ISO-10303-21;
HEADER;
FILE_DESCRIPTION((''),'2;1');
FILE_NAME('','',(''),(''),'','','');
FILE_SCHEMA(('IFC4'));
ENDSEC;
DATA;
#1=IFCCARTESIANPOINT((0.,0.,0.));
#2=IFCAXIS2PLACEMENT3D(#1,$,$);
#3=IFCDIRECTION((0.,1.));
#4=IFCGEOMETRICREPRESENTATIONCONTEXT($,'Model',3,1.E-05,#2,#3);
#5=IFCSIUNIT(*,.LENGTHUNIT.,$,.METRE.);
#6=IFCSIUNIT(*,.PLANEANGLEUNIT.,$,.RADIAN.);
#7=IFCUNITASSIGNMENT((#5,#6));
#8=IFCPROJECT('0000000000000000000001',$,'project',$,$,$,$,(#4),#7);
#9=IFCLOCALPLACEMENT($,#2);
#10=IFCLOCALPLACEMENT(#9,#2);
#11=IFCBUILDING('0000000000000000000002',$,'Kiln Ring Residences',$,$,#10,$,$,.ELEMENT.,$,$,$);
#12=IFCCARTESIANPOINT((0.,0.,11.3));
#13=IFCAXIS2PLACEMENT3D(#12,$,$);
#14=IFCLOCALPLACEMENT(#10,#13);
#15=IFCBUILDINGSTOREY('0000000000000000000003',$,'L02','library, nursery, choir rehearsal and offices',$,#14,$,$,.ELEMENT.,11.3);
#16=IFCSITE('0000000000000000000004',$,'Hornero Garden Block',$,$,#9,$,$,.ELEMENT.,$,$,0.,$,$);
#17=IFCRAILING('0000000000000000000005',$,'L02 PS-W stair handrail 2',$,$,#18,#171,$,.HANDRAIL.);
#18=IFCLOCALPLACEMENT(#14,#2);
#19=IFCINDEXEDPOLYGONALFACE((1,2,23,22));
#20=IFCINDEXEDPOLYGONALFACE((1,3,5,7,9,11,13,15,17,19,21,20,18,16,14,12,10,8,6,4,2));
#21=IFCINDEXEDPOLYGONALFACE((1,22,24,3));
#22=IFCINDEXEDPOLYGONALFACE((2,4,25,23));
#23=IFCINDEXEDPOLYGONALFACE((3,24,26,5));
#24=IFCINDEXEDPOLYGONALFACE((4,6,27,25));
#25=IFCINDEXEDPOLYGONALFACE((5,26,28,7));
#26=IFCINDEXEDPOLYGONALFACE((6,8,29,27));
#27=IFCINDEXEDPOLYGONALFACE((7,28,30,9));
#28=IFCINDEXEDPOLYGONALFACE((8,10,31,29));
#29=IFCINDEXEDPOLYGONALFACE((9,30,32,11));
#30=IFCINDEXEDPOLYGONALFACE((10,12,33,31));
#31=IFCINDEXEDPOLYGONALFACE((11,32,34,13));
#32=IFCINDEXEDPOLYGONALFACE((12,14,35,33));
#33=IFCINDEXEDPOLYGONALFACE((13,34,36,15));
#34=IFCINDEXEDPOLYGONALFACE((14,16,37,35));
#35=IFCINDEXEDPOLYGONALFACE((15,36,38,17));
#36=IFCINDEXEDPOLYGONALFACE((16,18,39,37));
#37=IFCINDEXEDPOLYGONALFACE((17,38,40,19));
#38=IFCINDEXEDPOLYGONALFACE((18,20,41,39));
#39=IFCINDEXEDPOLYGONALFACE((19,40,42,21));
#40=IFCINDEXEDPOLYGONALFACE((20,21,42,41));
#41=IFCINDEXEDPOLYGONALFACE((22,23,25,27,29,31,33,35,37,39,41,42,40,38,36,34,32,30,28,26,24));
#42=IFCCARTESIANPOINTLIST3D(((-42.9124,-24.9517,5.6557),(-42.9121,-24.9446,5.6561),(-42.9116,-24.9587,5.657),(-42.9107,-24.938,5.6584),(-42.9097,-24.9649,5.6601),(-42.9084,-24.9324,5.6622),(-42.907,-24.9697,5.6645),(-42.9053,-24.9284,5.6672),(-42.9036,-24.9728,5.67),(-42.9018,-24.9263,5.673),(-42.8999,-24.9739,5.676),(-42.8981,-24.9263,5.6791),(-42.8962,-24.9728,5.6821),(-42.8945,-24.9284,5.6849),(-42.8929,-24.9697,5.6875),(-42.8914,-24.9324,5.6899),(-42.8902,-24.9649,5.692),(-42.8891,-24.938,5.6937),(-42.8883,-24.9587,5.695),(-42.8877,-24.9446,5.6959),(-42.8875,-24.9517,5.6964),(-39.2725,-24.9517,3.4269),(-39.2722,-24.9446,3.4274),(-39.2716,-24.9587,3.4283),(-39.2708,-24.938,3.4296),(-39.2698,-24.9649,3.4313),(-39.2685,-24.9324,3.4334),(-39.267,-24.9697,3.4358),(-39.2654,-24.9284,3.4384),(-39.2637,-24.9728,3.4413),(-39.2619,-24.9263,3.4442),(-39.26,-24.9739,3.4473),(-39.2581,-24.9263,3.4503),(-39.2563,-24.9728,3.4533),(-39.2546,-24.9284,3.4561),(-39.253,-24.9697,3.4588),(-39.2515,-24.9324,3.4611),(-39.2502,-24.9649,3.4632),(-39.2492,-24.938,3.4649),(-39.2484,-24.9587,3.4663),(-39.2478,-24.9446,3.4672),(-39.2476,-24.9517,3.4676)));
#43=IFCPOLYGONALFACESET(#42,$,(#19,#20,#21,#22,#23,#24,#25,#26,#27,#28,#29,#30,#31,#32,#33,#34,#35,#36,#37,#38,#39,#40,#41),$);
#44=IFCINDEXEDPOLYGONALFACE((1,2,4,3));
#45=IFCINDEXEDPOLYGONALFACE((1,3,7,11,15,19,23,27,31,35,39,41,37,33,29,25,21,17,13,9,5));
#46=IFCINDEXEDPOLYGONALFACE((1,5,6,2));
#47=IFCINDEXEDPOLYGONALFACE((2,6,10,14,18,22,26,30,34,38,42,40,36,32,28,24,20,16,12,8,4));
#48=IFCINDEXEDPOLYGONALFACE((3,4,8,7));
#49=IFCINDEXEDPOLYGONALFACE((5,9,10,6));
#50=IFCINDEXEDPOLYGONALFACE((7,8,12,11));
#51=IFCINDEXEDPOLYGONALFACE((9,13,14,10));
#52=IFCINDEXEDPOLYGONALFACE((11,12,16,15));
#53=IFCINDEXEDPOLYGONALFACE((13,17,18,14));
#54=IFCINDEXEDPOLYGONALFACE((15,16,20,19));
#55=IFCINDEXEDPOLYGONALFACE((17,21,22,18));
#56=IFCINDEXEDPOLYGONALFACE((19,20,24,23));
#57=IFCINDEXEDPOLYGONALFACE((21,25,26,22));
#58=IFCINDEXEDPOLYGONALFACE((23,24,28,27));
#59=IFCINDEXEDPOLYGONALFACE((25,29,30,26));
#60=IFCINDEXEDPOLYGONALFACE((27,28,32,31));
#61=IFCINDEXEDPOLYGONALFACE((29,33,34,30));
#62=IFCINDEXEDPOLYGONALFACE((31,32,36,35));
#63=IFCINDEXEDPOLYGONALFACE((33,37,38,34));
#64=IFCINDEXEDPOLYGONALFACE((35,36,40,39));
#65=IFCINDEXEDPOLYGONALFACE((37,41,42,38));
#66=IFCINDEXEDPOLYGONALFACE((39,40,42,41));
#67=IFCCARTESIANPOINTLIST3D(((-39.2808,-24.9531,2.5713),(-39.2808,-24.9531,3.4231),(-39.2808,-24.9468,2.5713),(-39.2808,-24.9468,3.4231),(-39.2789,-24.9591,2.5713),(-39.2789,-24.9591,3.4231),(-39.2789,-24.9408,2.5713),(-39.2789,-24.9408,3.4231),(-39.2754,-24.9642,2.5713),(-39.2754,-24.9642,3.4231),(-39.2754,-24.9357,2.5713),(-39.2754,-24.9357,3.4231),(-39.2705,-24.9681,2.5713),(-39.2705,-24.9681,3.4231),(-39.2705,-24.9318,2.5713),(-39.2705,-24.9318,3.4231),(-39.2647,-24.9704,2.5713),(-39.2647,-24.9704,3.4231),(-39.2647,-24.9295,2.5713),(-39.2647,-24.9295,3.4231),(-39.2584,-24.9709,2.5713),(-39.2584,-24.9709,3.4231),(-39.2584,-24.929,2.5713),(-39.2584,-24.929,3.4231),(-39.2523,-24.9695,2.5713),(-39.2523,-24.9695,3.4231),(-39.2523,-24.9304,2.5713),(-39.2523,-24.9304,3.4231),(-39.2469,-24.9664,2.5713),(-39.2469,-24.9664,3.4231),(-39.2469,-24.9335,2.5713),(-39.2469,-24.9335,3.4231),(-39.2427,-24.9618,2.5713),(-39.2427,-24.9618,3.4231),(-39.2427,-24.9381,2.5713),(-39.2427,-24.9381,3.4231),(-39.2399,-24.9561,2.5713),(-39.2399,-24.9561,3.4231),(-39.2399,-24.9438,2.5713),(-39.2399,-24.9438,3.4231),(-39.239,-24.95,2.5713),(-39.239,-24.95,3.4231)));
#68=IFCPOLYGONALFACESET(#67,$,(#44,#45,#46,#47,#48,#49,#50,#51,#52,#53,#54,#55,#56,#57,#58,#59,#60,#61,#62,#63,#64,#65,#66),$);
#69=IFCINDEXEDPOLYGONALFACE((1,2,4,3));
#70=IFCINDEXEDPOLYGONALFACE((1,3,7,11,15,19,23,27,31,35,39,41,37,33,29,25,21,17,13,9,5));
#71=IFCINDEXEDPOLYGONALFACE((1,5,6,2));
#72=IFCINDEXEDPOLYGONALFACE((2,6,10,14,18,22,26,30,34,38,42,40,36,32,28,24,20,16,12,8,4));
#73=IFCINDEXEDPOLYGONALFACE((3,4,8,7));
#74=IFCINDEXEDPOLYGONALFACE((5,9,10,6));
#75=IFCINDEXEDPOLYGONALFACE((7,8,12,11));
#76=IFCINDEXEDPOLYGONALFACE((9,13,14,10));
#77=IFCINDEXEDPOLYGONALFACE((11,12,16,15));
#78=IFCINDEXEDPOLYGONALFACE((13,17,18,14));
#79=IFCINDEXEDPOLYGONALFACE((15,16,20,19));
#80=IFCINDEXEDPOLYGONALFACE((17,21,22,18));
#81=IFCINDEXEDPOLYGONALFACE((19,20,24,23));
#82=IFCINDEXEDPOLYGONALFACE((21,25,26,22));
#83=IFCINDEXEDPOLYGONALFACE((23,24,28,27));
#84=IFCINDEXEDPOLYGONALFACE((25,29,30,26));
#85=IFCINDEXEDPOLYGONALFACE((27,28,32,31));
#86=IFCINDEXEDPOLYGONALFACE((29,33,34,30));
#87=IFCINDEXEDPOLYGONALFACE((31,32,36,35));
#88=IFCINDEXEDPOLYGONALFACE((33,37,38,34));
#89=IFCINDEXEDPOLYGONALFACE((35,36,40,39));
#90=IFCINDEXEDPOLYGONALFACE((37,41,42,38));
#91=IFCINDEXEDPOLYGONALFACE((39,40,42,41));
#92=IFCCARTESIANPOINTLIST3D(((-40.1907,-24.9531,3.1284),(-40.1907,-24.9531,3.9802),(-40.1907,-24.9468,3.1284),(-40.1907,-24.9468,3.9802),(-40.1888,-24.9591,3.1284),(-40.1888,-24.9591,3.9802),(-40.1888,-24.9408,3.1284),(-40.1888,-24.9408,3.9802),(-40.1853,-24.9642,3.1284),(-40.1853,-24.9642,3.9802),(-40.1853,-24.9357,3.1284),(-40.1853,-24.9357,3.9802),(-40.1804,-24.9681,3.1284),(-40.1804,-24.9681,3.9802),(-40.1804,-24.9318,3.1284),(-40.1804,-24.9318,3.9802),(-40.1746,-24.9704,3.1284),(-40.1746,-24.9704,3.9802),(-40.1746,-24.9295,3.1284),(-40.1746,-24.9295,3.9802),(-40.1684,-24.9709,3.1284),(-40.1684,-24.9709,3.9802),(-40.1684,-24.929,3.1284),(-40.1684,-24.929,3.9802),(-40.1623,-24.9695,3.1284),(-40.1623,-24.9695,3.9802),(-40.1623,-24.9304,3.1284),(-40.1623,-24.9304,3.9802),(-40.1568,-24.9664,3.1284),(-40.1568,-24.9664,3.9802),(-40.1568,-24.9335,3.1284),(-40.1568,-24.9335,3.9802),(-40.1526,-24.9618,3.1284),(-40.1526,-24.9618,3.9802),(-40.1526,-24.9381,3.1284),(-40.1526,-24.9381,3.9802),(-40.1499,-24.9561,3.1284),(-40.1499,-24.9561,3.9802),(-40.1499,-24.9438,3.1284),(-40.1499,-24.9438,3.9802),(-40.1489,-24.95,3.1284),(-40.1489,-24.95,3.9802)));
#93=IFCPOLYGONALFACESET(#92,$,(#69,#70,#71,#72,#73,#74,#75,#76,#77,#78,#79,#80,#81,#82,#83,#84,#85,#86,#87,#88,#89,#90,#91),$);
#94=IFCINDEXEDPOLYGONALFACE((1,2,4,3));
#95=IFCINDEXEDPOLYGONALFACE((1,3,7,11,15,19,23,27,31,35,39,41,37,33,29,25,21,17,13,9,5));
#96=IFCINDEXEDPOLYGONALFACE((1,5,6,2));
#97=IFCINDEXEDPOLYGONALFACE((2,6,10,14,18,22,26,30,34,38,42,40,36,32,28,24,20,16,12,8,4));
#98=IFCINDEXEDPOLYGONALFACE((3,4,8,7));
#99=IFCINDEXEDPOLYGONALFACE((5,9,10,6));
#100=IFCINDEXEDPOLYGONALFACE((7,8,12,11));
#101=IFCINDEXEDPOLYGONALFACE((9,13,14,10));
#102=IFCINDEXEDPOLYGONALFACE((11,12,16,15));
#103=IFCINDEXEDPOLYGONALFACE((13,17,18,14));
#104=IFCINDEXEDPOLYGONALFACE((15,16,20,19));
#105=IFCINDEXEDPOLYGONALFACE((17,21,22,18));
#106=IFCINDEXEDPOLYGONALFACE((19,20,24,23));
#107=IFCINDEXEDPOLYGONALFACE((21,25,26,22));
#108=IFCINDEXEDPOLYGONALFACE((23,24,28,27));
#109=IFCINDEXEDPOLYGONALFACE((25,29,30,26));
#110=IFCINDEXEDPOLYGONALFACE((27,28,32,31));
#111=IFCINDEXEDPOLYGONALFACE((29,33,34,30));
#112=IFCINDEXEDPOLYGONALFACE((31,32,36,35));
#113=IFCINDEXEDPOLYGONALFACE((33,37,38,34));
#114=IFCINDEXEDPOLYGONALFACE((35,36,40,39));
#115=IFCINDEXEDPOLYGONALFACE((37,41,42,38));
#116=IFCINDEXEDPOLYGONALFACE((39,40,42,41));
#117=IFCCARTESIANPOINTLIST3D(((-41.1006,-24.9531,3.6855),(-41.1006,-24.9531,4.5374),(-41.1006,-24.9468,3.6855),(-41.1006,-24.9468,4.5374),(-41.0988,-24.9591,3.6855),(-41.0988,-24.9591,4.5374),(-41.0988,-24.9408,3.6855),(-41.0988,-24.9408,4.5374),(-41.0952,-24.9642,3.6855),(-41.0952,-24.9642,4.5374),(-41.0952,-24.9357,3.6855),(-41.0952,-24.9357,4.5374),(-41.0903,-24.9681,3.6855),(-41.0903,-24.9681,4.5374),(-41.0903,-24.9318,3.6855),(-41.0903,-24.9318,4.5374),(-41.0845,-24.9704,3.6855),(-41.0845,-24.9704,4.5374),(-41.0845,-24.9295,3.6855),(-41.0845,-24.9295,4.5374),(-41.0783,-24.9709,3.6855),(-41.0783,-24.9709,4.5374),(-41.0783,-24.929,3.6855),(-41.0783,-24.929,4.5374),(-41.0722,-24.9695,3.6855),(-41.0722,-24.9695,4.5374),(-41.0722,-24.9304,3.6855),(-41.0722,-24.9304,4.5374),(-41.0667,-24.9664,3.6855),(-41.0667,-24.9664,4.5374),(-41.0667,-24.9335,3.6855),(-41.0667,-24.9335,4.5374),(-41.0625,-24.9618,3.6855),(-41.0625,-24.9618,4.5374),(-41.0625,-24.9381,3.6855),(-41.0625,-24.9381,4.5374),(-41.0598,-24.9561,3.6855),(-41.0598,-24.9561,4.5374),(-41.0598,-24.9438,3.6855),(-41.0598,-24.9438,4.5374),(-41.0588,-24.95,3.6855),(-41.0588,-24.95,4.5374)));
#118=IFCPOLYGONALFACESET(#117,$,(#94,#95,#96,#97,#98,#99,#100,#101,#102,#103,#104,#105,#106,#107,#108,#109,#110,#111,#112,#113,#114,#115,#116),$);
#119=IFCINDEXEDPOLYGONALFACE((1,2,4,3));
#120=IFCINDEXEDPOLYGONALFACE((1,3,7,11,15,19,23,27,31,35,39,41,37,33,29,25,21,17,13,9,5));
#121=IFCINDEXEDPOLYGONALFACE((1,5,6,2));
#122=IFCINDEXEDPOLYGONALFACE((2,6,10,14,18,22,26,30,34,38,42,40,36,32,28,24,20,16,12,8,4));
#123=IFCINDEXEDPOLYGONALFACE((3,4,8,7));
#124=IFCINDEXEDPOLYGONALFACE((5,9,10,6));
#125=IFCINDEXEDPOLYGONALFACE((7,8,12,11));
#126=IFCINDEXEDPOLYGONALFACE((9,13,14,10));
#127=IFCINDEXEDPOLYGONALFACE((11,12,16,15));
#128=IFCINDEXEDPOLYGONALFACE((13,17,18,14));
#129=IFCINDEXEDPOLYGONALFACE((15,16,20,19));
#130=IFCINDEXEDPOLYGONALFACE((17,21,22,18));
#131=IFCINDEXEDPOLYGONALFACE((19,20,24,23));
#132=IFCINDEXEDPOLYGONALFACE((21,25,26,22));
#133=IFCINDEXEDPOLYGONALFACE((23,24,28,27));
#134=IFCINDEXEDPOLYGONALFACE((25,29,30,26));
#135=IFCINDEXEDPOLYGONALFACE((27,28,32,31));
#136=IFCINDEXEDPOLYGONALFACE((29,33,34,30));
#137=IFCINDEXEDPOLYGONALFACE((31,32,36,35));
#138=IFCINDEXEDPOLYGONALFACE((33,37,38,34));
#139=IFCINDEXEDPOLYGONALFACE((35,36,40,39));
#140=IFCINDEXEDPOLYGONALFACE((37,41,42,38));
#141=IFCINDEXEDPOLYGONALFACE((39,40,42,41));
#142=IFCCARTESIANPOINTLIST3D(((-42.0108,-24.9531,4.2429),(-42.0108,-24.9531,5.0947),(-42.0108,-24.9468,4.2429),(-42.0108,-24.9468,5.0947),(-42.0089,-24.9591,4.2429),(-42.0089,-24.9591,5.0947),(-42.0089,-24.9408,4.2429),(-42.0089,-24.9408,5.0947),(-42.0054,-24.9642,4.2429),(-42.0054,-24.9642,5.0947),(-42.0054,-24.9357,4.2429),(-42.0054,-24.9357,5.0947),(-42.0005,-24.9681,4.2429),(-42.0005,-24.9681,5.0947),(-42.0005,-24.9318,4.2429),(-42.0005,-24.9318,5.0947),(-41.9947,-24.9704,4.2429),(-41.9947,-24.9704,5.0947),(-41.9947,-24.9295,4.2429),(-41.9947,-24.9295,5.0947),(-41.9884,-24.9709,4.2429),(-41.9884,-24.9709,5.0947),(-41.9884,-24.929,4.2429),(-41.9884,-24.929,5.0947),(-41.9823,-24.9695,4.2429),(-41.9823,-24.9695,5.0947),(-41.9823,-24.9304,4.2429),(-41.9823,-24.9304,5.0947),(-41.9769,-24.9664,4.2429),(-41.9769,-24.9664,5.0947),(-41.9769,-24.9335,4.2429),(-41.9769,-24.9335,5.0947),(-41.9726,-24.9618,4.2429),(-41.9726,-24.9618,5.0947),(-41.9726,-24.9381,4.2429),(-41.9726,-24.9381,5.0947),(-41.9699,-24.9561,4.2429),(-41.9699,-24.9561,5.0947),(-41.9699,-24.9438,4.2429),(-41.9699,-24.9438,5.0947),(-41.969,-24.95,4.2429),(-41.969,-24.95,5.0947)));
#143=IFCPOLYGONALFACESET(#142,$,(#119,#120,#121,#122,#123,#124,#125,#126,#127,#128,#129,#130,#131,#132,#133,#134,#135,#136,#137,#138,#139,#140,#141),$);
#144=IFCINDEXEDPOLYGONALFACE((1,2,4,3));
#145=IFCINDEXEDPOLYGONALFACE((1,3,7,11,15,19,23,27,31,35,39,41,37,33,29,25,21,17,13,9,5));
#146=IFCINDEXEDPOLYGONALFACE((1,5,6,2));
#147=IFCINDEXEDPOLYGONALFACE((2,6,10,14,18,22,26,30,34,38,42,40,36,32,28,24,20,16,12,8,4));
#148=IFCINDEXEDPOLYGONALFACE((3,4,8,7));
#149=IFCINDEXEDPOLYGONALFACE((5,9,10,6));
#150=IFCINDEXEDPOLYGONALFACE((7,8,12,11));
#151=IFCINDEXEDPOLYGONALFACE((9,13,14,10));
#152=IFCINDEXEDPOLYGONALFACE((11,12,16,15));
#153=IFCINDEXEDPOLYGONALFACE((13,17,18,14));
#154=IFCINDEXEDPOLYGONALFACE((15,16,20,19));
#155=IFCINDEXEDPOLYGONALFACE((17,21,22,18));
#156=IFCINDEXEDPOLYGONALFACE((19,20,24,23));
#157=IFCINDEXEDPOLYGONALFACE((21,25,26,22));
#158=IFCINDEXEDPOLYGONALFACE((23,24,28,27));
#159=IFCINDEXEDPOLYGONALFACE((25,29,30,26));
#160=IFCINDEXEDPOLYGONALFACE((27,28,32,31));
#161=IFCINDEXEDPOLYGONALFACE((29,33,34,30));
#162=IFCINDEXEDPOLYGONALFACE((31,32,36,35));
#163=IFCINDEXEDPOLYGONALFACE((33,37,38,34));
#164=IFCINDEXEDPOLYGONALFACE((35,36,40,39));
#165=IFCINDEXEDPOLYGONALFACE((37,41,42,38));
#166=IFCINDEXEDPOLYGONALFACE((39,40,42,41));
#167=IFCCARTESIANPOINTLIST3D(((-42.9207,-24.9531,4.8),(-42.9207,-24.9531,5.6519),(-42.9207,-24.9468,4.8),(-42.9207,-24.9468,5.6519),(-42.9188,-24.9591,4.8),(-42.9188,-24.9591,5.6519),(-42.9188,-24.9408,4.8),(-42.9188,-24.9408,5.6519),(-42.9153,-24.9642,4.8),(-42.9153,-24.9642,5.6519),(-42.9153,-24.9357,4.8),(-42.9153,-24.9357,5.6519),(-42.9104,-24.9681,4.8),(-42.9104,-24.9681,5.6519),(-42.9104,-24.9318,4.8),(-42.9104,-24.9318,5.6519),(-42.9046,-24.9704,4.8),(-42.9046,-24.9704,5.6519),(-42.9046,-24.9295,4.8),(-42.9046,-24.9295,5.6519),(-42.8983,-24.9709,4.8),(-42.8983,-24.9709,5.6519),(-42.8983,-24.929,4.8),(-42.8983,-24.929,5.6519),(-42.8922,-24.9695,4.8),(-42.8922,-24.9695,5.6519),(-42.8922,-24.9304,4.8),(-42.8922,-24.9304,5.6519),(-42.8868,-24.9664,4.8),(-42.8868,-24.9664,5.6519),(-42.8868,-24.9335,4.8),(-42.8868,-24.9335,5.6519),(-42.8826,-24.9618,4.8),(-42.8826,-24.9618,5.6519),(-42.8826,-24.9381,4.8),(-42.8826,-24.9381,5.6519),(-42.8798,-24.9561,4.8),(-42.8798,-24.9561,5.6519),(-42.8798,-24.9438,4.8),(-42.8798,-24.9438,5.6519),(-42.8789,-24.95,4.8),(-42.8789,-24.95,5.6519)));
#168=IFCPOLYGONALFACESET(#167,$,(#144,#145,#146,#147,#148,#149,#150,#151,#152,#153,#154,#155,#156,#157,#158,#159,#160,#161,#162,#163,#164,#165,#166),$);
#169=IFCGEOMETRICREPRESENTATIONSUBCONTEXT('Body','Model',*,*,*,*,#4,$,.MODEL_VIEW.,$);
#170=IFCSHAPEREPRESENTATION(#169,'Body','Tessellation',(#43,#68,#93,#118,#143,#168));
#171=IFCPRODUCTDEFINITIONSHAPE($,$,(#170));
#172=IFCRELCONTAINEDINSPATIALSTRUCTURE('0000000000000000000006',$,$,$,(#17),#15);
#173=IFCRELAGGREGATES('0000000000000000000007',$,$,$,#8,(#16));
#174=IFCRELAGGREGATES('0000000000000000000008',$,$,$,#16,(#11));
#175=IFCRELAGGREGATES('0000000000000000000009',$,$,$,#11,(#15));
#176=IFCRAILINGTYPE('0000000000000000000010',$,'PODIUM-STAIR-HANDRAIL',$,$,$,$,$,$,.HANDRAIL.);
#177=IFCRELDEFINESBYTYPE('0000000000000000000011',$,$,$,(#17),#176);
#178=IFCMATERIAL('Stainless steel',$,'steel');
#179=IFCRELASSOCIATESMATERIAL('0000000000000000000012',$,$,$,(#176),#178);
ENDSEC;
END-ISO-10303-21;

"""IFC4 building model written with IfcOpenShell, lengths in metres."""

from ifc_helpers import new_model, si_unit, direction, frame, origin, origin_2d, place, context, subcontext, project, spatial, circle, extrude, material, type_object, element, save


model = new_model("IFC4")

# Units and contexts
model_context = context("Model", 3, precision=1e-05, world=origin(), true_north=direction((0.0, 1.0)))
body_context = subcontext(model_context, "Body", "Model", "MODEL_VIEW")
ifc_project = project(units=[si_unit("LENGTHUNIT", "METRE"), si_unit("PLANEANGLEUNIT", "RADIAN")], contexts=[model_context])

# Site, building, storey
site_placement = place(None, origin())
site = spatial("IfcSite", under=ifc_project, at=site_placement, Name="Hornero Garden Block", CompositionType="ELEMENT", RefElevation=0.0)
building_placement = place(site_placement, origin())
building = spatial("IfcBuilding", under=site, at=building_placement, Name="Kiln Ring Residences", CompositionType="ELEMENT")
storey_placement = place(building_placement, frame((0.0, 0.0, 11.3)))
storey = spatial("IfcBuildingStorey", under=building, at=storey_placement, Name="L02", Description="library, nursery, choir rehearsal and offices", CompositionType="ELEMENT", Elevation=11.3)

# Railing
ifc_material_1 = material(Name="Stainless steel", Category="steel")
railing_type_1 = type_object("IfcRailingType", Name="PODIUM-STAIR-HANDRAIL", PredefinedType="HANDRAIL", material=ifc_material_1)
railing_1_placement = place(storey_placement, frame((-39.26, -24.95, 2.5713)))
element("IfcRailing", 1, at=railing_1_placement, inside=storey, type_object=railing_type_1, Name="L02 PS-W stair handrail 2", PredefinedType="HANDRAIL", context=body_context, shape_type="SweptSolid", body=[
    extrude(circle(Radius=0.0239, at=origin_2d()), frame((0.0, 0.0, 0.876), z_axis=(-0.852825, 0.0, 0.522197), x_axis=(0.0, -1.0, 0.0)), (0.0, 0.0, 1.0), 4.2681),
    extrude(circle(Radius=0.021, at=origin_2d()), origin(), (0.0, 0.0, 1.0), 0.8518),
    extrude(circle(Radius=0.021, at=origin_2d()), frame((-0.9099, 0.0, 0.5571)), (0.0, 0.0, 1.0), 0.8518),
    extrude(circle(Radius=0.021, at=origin_2d()), frame((-1.8198, 0.0, 1.1143)), (0.0, 0.0, 1.0), 0.8518),
    extrude(circle(Radius=0.021, at=origin_2d()), frame((-2.73, 0.0, 1.6716)), (0.0, 0.0, 1.0), 0.8518),
    extrude(circle(Radius=0.021, at=origin_2d()), frame((-3.6399, 0.0, 2.2288)), (0.0, 0.0, 1.0), 0.8518),
])

save(model, "model.ifc")
